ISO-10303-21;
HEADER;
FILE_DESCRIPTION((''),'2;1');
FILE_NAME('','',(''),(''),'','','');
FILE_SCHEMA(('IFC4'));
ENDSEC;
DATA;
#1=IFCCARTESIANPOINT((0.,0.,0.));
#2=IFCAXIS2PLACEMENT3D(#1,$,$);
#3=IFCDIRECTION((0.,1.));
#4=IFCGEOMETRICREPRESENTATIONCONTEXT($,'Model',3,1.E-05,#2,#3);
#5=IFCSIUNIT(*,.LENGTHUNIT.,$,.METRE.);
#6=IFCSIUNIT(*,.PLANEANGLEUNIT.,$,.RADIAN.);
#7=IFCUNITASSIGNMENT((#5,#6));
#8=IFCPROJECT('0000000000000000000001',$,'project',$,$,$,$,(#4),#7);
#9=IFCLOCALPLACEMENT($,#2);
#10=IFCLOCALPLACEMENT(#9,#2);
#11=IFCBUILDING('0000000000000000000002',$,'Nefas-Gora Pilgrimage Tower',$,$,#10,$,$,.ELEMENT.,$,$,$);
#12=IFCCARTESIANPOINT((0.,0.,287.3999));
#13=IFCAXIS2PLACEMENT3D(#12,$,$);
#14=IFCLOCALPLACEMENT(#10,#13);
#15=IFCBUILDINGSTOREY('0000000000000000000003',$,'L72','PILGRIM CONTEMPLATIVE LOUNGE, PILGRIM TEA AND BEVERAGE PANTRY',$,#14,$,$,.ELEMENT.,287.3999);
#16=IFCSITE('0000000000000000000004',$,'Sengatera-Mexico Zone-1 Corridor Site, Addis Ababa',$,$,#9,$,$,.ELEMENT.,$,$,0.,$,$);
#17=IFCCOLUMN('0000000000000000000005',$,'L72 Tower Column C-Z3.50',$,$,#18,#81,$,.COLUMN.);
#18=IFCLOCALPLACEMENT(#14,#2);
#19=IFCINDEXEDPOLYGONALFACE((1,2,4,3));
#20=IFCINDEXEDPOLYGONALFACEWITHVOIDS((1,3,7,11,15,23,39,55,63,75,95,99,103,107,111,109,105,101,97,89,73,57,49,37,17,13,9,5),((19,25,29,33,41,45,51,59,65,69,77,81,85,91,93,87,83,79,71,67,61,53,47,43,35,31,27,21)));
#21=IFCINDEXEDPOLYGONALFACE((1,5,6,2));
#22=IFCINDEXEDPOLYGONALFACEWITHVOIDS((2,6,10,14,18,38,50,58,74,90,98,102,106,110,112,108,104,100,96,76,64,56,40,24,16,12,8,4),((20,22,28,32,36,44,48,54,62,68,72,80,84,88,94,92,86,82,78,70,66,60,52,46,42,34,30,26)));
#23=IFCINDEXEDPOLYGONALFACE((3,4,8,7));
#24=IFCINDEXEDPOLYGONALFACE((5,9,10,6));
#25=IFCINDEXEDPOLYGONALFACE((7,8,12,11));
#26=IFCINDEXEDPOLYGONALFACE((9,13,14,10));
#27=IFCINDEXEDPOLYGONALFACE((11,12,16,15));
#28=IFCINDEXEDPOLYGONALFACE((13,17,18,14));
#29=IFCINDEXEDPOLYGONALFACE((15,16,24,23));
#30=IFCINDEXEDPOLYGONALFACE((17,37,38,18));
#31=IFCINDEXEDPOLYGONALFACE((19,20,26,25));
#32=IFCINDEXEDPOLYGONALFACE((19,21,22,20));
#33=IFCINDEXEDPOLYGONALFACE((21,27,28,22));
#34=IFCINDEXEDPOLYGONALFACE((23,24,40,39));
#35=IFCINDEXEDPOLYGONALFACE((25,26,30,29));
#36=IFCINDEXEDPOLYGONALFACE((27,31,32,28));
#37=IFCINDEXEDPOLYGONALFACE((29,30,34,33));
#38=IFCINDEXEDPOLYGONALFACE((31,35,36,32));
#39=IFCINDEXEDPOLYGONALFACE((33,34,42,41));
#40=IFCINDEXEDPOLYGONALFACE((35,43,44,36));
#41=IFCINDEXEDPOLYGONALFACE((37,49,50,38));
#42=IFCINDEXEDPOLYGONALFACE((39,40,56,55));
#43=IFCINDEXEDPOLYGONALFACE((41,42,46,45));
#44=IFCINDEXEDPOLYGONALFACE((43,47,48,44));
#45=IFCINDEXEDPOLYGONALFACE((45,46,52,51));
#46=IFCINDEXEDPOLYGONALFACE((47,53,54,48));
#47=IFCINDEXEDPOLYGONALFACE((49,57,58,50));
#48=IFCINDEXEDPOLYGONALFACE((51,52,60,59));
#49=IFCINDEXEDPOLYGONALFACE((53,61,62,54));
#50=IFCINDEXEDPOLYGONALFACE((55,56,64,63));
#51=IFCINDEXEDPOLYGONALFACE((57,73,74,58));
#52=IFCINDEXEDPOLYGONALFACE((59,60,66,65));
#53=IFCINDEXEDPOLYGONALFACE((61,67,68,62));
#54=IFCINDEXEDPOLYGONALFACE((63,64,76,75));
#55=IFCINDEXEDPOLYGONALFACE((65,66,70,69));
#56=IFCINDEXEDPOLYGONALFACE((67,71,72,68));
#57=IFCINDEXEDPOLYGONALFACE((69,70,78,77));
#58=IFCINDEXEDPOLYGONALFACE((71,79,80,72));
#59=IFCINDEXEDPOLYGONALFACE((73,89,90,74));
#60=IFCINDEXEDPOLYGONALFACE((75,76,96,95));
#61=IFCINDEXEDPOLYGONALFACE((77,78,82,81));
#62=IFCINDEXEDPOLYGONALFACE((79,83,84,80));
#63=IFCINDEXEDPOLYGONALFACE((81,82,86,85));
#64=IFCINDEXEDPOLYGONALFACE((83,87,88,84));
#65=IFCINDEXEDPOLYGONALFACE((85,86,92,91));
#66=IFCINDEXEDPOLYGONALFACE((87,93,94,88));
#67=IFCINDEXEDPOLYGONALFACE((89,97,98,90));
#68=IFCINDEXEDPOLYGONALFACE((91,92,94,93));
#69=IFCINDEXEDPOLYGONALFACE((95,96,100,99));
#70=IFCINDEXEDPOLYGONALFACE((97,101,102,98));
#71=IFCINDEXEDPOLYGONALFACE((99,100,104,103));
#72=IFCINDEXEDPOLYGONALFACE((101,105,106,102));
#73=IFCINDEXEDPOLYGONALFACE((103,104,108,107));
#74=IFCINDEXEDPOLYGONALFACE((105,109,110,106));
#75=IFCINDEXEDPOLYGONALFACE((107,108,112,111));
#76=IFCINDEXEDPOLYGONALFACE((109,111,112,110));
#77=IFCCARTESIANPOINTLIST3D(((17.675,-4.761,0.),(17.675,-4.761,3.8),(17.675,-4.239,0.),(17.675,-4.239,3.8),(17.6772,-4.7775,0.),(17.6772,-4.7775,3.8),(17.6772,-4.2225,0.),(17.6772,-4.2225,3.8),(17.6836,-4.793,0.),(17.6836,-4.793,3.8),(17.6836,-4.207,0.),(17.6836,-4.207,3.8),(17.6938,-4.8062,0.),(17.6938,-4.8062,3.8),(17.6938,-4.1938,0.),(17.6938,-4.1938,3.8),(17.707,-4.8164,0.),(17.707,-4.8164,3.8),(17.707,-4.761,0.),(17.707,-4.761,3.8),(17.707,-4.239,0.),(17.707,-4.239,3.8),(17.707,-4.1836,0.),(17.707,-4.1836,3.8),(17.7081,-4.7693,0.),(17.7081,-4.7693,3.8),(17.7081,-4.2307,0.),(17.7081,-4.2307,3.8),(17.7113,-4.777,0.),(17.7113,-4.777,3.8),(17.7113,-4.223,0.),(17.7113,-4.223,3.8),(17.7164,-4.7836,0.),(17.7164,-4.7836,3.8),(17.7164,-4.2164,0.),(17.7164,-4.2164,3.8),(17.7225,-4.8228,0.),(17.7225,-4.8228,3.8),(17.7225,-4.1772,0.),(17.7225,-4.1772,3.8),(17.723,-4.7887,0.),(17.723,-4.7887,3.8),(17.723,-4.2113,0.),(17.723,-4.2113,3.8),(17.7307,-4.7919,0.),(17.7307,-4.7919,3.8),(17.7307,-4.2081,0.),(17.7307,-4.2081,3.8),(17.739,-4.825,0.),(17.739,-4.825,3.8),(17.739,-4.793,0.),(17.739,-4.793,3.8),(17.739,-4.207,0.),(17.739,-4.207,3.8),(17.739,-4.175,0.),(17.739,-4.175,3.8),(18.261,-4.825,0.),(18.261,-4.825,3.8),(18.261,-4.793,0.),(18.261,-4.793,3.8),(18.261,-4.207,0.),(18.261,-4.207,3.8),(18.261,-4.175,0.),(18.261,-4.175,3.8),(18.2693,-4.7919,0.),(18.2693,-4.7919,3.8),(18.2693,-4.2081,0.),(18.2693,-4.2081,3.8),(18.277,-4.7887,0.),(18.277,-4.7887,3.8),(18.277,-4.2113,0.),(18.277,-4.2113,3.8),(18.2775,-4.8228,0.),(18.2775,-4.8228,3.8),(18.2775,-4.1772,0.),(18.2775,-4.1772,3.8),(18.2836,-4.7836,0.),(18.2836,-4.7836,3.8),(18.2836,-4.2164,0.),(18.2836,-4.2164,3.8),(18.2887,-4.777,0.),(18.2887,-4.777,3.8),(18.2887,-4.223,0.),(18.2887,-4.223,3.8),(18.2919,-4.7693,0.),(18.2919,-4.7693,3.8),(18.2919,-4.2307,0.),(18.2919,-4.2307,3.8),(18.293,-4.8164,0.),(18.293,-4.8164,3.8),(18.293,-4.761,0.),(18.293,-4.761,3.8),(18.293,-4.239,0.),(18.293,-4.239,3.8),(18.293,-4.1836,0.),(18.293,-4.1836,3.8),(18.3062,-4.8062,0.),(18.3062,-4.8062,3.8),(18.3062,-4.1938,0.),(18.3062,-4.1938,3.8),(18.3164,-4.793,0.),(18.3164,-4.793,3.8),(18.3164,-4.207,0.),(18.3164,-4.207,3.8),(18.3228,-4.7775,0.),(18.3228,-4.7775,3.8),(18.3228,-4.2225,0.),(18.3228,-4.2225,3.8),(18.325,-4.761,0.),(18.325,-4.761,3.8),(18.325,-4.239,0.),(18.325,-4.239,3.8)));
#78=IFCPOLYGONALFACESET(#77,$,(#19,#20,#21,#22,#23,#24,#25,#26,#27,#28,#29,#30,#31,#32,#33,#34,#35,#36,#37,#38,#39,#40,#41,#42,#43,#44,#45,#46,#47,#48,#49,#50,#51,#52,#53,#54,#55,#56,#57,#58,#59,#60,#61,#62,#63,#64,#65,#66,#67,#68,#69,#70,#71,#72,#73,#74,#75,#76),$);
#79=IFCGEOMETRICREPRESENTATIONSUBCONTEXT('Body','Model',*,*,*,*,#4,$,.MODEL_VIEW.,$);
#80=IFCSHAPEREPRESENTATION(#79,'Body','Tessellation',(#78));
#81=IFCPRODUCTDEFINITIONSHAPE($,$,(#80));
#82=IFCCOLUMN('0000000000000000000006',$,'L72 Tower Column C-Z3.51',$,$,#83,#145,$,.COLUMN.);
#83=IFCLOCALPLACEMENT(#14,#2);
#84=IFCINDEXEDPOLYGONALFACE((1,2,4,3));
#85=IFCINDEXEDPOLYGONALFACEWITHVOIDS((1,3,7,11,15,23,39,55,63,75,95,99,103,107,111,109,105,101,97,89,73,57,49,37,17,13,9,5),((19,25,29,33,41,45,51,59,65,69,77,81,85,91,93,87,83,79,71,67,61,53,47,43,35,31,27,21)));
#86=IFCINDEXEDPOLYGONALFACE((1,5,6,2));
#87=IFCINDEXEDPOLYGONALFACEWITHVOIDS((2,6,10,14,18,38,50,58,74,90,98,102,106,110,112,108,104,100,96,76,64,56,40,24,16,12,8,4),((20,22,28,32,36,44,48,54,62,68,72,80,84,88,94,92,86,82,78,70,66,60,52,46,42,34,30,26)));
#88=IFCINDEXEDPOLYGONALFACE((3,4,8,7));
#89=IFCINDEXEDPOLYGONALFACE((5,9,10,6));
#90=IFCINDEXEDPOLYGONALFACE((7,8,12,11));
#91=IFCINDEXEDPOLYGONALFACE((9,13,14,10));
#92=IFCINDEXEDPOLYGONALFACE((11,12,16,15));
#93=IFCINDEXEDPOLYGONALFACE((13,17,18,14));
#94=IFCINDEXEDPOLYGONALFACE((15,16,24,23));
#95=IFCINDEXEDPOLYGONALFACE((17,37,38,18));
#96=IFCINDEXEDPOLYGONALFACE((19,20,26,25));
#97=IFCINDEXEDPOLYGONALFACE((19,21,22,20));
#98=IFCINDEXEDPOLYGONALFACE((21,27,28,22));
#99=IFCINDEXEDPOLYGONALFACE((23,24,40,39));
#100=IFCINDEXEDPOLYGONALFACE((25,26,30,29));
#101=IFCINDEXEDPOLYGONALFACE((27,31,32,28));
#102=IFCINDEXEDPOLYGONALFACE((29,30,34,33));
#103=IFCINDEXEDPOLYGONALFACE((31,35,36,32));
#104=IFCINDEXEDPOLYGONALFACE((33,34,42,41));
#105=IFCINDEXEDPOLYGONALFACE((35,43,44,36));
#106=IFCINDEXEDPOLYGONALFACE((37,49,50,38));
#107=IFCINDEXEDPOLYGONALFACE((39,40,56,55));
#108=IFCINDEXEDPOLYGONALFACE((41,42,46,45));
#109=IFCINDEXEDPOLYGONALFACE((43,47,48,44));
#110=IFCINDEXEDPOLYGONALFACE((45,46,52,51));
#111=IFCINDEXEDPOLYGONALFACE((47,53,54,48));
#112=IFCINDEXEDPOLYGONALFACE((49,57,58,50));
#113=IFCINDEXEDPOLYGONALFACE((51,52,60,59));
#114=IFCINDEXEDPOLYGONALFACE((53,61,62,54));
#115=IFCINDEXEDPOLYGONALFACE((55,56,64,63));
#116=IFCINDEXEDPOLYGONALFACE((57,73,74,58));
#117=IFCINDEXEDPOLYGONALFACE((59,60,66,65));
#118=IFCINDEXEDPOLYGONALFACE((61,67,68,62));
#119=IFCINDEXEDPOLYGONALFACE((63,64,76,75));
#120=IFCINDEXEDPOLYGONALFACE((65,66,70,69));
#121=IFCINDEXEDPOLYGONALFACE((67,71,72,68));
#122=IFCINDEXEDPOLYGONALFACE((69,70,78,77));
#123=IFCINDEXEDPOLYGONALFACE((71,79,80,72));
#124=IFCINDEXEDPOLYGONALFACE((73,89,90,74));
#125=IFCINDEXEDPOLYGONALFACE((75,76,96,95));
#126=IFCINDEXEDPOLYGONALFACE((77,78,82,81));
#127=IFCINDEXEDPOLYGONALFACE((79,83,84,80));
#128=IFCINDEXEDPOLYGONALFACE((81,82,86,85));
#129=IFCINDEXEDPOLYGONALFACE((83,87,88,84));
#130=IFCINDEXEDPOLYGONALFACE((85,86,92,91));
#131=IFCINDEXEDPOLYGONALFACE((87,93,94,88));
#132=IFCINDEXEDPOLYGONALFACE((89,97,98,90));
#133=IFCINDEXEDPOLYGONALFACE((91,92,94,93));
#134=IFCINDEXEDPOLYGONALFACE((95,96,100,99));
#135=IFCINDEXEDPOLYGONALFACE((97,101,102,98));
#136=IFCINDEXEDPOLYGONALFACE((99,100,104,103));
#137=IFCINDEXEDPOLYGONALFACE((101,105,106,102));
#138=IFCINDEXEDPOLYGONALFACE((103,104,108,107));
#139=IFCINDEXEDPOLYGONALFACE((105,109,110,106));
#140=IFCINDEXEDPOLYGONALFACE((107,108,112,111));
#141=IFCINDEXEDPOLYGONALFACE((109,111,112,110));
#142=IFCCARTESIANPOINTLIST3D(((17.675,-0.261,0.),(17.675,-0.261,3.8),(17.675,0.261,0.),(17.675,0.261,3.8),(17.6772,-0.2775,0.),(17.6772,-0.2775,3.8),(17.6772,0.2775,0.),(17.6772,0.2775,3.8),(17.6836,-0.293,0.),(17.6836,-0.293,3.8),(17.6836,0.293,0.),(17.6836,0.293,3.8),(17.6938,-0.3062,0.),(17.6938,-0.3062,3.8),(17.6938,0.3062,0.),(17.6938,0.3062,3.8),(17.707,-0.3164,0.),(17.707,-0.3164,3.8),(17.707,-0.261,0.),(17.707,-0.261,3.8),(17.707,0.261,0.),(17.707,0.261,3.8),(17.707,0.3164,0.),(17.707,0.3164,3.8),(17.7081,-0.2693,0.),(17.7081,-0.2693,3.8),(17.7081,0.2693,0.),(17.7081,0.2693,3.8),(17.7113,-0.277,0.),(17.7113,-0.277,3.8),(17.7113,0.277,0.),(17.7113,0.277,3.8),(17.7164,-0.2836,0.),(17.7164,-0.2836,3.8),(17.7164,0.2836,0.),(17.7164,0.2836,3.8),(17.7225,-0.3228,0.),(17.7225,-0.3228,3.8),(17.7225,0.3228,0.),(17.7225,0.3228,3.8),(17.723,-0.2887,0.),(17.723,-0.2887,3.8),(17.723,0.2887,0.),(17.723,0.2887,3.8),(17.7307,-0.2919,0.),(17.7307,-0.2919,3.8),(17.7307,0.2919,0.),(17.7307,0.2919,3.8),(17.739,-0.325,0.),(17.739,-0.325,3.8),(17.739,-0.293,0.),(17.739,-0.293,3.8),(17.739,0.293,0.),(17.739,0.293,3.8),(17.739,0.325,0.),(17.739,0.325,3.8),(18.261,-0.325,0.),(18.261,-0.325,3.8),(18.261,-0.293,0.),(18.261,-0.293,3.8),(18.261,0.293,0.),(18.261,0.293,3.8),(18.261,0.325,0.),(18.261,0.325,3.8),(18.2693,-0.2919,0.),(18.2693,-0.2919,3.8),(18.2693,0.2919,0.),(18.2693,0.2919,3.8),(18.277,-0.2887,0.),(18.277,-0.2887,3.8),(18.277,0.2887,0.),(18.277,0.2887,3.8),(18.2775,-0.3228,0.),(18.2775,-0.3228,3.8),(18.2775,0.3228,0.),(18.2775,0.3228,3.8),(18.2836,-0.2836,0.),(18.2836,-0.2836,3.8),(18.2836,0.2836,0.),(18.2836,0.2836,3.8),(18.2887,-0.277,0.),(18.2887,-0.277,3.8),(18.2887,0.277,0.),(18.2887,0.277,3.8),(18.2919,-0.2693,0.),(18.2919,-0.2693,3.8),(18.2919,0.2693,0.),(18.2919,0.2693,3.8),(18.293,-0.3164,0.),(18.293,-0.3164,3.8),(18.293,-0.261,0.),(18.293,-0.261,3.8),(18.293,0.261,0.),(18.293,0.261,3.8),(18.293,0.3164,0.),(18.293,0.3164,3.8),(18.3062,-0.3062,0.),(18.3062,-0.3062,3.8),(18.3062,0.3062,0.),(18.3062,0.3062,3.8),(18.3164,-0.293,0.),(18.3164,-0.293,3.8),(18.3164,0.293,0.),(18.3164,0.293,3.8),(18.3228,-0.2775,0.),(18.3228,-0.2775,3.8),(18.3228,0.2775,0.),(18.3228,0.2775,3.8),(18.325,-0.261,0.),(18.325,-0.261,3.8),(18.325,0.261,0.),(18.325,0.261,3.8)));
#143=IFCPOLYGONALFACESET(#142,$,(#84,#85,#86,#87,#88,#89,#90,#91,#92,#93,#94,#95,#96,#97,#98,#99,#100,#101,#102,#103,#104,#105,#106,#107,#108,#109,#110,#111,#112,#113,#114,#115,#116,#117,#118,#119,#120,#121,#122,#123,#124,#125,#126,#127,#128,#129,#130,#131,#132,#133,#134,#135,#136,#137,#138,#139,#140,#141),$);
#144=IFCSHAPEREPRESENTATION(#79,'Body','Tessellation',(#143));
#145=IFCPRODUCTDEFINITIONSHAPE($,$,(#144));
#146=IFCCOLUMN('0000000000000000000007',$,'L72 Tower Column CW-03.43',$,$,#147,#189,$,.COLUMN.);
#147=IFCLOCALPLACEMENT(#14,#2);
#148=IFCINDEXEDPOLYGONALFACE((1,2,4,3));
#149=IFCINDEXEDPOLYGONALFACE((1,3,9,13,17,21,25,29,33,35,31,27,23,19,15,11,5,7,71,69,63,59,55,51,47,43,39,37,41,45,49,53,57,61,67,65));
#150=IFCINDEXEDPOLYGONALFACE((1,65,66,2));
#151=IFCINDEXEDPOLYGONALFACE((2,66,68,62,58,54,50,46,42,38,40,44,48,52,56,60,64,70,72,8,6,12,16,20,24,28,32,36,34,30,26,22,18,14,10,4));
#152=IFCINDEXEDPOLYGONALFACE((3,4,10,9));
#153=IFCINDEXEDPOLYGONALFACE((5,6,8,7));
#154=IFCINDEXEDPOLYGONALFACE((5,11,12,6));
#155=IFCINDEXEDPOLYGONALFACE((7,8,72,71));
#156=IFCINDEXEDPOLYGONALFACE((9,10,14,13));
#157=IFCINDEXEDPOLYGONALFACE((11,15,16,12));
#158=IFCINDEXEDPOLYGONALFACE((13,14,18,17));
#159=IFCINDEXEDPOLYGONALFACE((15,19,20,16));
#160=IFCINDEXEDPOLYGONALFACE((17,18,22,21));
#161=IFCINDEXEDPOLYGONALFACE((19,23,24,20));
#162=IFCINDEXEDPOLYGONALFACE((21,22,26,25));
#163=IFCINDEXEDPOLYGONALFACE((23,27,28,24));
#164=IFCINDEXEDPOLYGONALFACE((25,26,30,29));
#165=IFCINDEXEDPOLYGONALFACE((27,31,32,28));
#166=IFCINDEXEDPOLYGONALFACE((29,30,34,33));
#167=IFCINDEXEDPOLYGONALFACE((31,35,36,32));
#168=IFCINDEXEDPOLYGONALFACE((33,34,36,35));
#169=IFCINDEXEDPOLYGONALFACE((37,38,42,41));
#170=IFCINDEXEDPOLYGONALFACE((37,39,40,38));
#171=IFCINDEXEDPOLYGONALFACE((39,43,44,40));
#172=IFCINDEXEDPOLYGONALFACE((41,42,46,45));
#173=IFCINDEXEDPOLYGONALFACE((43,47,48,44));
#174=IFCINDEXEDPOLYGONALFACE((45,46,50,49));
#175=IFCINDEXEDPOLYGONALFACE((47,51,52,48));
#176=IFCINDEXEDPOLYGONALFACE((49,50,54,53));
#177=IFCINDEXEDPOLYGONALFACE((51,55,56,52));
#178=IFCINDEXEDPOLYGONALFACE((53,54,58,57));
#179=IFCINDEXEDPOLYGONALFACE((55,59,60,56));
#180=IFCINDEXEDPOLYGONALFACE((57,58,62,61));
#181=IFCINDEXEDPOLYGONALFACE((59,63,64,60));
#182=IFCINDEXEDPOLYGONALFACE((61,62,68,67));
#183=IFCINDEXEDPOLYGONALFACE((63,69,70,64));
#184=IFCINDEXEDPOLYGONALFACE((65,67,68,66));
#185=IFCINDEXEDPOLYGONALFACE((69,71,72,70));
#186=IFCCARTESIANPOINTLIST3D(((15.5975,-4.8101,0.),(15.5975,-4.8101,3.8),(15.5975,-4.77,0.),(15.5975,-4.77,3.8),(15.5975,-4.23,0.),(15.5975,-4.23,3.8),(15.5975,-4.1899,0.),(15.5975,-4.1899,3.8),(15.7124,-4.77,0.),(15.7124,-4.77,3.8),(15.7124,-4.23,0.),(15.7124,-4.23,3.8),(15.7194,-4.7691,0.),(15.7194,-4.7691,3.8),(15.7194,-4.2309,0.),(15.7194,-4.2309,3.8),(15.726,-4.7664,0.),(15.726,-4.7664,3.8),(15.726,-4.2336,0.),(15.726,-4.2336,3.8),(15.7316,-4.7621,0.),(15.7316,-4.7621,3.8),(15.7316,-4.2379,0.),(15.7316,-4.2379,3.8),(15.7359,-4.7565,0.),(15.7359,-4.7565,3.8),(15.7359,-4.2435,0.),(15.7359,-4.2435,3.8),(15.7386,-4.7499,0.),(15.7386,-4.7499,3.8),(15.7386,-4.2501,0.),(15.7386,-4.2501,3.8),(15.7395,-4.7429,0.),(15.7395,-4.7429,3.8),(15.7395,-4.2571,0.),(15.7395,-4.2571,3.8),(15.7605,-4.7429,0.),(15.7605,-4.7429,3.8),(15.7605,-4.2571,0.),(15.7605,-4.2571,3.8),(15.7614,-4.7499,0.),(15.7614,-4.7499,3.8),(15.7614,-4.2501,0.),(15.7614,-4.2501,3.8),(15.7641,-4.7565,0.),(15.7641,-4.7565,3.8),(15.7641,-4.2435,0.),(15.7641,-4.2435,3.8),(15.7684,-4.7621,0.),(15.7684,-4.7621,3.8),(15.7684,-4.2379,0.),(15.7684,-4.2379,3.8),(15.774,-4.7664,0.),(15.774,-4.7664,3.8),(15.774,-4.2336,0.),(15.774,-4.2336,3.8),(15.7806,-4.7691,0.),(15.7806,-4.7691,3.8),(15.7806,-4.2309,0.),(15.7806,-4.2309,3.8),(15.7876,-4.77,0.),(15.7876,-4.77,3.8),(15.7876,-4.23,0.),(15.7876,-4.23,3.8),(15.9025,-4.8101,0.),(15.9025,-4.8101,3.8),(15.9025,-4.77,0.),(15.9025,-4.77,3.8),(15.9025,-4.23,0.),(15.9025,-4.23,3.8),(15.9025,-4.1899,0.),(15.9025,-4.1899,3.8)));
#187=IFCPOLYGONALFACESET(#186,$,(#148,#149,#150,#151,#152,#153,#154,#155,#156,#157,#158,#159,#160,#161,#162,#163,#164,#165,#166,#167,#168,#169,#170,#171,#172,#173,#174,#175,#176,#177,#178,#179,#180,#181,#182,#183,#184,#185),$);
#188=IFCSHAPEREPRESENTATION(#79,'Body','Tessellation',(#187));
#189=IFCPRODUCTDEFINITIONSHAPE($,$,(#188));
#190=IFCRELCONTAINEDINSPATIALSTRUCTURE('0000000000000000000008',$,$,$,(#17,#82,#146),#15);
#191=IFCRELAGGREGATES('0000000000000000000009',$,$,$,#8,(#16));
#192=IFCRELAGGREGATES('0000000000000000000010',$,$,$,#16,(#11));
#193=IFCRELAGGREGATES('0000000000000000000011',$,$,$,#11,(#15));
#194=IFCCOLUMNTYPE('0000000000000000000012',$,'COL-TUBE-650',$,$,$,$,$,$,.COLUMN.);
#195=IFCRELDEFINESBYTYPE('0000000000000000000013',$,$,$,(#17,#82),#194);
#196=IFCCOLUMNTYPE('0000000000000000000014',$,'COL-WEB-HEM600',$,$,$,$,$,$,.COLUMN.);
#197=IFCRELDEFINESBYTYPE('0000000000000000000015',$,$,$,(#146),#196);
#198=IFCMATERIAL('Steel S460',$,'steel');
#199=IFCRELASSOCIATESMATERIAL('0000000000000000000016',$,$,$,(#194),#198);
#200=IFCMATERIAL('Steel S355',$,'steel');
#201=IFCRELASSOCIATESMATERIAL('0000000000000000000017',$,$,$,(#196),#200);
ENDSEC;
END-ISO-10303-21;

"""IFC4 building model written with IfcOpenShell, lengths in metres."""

from ifc_helpers import new_model, si_unit, direction, frame, origin, origin_2d, place, context, subcontext, project, spatial, hollow_rectangle, i_section, extrude, source, transform, mapped, material, material_profile, profile_set, type_object, element, save


model = new_model("IFC4")

# Units and contexts
model_context = context("Model", 3, precision=1e-05, world=origin(), true_north=direction((0.0, 1.0)))
body_context = subcontext(model_context, "Body", "Model", "MODEL_VIEW")
ifc_project = project(units=[si_unit("LENGTHUNIT", "METRE"), si_unit("PLANEANGLEUNIT", "RADIAN")], contexts=[model_context])

# Site, building, storey
site_placement = place(None, origin())
site = spatial("IfcSite", under=ifc_project, at=site_placement, Name="Sengatera-Mexico Zone-1 Corridor Site, Addis Ababa", CompositionType="ELEMENT", RefElevation=0.0)
building_placement = place(site_placement, origin())
building = spatial("IfcBuilding", under=site, at=building_placement, Name="Nefas-Gora Pilgrimage Tower", CompositionType="ELEMENT")
storey_placement = place(building_placement, frame((0.0, 0.0, 287.3999)))
storey = spatial("IfcBuildingStorey", under=building, at=storey_placement, Name="L72", Description="PILGRIM CONTEMPLATIVE LOUNGE, PILGRIM TEA AND BEVERAGE PANTRY", CompositionType="ELEMENT", Elevation=287.3999)

# Columns
ifc_material_1 = material(Name="Steel S460", Category="steel")
ifc_material_profile_1 = material_profile(ifc_material_1, hollow_rectangle(XDim=0.6499, YDim=0.6499, WallThickness=0.032, InnerFilletRadius=0.032, OuterFilletRadius=0.064, at=origin_2d()), Name="BOX 650x650x32")
ifc_profile_set_1 = profile_set([ifc_material_profile_1], Name="Steel S460")
column_type_1 = type_object("IfcColumnType", Name="COL-TUBE-650", PredefinedType="COLUMN", material=ifc_profile_set_1)
shared_shape_1 = source(origin(), body_context, "Body", "SweptSolid", [
    extrude(hollow_rectangle(XDim=0.6499, YDim=0.6499, WallThickness=0.032, InnerFilletRadius=0.032, OuterFilletRadius=0.064, at=origin_2d()), origin(), (0.0, 0.0, 1.0), 3.8),
])
for number, where, z_axis, x_axis, name in (
    (1, (18.0, -4.5, 0.0), (0.0, 0.0, 1.0), (1.0, 0.0, 0.0), "L72 Tower Column C-Z3.50"),
    (2, (18.0, 0.0, 0.0), (0.0, 0.0, 1.0), (1.0, 0.0, 0.0), "L72 Tower Column C-Z3.51"),
):
    element("IfcColumn", number, at=place(storey_placement, frame(where, z_axis=z_axis, x_axis=x_axis)), inside=storey, type_object=column_type_1, Name=name, PredefinedType="COLUMN", context=body_context, shape_type="MappedRepresentation", body=[
        mapped(shared_shape_1, transform((0.0, 0.0, 0.0), x_axis=(1.0, 0.0, 0.0), y_axis=(0.0, 1.0, 0.0), z_axis=(0.0, 0.0, 1.0), scale=1.0)),
    ])
ifc_material_2 = material(Name="Steel S355", Category="steel")
ifc_material_profile_2 = material_profile(ifc_material_2, i_section(OverallWidth=0.3049, OverallDepth=0.6201, WebThickness=0.021, FlangeThickness=0.04, FilletRadius=0.0271, at=origin_2d()), Name="HEM 600")
ifc_profile_set_2 = profile_set([ifc_material_profile_2], Name="Steel S355")
column_type_2 = type_object("IfcColumnType", Name="COL-WEB-HEM600", PredefinedType="COLUMN", material=ifc_profile_set_2)
shared_shape_2 = source(origin(), body_context, "Body", "SweptSolid", [
    extrude(i_section(OverallWidth=0.3049, OverallDepth=0.6201, WebThickness=0.021, FlangeThickness=0.04, FilletRadius=0.0271, at=origin_2d()), origin(), (0.0, 0.0, 1.0), 3.8),
])
for number, where, z_axis, x_axis, name in (
    (3, (15.75, -4.5, 0.0), (0.0, 0.0, 1.0), (1.0, 0.0, 0.0), "L72 Tower Column CW-03.43"),
):
    element("IfcColumn", number, at=place(storey_placement, frame(where, z_axis=z_axis, x_axis=x_axis)), inside=storey, type_object=column_type_2, Name=name, PredefinedType="COLUMN", context=body_context, shape_type="MappedRepresentation", body=[
        mapped(shared_shape_2, transform((0.0, 0.0, 0.0), x_axis=(1.0, 0.0, 0.0), y_axis=(0.0, 1.0, 0.0), z_axis=(0.0, 0.0, 1.0), scale=1.0)),
    ])

save(model, "model.ifc")
